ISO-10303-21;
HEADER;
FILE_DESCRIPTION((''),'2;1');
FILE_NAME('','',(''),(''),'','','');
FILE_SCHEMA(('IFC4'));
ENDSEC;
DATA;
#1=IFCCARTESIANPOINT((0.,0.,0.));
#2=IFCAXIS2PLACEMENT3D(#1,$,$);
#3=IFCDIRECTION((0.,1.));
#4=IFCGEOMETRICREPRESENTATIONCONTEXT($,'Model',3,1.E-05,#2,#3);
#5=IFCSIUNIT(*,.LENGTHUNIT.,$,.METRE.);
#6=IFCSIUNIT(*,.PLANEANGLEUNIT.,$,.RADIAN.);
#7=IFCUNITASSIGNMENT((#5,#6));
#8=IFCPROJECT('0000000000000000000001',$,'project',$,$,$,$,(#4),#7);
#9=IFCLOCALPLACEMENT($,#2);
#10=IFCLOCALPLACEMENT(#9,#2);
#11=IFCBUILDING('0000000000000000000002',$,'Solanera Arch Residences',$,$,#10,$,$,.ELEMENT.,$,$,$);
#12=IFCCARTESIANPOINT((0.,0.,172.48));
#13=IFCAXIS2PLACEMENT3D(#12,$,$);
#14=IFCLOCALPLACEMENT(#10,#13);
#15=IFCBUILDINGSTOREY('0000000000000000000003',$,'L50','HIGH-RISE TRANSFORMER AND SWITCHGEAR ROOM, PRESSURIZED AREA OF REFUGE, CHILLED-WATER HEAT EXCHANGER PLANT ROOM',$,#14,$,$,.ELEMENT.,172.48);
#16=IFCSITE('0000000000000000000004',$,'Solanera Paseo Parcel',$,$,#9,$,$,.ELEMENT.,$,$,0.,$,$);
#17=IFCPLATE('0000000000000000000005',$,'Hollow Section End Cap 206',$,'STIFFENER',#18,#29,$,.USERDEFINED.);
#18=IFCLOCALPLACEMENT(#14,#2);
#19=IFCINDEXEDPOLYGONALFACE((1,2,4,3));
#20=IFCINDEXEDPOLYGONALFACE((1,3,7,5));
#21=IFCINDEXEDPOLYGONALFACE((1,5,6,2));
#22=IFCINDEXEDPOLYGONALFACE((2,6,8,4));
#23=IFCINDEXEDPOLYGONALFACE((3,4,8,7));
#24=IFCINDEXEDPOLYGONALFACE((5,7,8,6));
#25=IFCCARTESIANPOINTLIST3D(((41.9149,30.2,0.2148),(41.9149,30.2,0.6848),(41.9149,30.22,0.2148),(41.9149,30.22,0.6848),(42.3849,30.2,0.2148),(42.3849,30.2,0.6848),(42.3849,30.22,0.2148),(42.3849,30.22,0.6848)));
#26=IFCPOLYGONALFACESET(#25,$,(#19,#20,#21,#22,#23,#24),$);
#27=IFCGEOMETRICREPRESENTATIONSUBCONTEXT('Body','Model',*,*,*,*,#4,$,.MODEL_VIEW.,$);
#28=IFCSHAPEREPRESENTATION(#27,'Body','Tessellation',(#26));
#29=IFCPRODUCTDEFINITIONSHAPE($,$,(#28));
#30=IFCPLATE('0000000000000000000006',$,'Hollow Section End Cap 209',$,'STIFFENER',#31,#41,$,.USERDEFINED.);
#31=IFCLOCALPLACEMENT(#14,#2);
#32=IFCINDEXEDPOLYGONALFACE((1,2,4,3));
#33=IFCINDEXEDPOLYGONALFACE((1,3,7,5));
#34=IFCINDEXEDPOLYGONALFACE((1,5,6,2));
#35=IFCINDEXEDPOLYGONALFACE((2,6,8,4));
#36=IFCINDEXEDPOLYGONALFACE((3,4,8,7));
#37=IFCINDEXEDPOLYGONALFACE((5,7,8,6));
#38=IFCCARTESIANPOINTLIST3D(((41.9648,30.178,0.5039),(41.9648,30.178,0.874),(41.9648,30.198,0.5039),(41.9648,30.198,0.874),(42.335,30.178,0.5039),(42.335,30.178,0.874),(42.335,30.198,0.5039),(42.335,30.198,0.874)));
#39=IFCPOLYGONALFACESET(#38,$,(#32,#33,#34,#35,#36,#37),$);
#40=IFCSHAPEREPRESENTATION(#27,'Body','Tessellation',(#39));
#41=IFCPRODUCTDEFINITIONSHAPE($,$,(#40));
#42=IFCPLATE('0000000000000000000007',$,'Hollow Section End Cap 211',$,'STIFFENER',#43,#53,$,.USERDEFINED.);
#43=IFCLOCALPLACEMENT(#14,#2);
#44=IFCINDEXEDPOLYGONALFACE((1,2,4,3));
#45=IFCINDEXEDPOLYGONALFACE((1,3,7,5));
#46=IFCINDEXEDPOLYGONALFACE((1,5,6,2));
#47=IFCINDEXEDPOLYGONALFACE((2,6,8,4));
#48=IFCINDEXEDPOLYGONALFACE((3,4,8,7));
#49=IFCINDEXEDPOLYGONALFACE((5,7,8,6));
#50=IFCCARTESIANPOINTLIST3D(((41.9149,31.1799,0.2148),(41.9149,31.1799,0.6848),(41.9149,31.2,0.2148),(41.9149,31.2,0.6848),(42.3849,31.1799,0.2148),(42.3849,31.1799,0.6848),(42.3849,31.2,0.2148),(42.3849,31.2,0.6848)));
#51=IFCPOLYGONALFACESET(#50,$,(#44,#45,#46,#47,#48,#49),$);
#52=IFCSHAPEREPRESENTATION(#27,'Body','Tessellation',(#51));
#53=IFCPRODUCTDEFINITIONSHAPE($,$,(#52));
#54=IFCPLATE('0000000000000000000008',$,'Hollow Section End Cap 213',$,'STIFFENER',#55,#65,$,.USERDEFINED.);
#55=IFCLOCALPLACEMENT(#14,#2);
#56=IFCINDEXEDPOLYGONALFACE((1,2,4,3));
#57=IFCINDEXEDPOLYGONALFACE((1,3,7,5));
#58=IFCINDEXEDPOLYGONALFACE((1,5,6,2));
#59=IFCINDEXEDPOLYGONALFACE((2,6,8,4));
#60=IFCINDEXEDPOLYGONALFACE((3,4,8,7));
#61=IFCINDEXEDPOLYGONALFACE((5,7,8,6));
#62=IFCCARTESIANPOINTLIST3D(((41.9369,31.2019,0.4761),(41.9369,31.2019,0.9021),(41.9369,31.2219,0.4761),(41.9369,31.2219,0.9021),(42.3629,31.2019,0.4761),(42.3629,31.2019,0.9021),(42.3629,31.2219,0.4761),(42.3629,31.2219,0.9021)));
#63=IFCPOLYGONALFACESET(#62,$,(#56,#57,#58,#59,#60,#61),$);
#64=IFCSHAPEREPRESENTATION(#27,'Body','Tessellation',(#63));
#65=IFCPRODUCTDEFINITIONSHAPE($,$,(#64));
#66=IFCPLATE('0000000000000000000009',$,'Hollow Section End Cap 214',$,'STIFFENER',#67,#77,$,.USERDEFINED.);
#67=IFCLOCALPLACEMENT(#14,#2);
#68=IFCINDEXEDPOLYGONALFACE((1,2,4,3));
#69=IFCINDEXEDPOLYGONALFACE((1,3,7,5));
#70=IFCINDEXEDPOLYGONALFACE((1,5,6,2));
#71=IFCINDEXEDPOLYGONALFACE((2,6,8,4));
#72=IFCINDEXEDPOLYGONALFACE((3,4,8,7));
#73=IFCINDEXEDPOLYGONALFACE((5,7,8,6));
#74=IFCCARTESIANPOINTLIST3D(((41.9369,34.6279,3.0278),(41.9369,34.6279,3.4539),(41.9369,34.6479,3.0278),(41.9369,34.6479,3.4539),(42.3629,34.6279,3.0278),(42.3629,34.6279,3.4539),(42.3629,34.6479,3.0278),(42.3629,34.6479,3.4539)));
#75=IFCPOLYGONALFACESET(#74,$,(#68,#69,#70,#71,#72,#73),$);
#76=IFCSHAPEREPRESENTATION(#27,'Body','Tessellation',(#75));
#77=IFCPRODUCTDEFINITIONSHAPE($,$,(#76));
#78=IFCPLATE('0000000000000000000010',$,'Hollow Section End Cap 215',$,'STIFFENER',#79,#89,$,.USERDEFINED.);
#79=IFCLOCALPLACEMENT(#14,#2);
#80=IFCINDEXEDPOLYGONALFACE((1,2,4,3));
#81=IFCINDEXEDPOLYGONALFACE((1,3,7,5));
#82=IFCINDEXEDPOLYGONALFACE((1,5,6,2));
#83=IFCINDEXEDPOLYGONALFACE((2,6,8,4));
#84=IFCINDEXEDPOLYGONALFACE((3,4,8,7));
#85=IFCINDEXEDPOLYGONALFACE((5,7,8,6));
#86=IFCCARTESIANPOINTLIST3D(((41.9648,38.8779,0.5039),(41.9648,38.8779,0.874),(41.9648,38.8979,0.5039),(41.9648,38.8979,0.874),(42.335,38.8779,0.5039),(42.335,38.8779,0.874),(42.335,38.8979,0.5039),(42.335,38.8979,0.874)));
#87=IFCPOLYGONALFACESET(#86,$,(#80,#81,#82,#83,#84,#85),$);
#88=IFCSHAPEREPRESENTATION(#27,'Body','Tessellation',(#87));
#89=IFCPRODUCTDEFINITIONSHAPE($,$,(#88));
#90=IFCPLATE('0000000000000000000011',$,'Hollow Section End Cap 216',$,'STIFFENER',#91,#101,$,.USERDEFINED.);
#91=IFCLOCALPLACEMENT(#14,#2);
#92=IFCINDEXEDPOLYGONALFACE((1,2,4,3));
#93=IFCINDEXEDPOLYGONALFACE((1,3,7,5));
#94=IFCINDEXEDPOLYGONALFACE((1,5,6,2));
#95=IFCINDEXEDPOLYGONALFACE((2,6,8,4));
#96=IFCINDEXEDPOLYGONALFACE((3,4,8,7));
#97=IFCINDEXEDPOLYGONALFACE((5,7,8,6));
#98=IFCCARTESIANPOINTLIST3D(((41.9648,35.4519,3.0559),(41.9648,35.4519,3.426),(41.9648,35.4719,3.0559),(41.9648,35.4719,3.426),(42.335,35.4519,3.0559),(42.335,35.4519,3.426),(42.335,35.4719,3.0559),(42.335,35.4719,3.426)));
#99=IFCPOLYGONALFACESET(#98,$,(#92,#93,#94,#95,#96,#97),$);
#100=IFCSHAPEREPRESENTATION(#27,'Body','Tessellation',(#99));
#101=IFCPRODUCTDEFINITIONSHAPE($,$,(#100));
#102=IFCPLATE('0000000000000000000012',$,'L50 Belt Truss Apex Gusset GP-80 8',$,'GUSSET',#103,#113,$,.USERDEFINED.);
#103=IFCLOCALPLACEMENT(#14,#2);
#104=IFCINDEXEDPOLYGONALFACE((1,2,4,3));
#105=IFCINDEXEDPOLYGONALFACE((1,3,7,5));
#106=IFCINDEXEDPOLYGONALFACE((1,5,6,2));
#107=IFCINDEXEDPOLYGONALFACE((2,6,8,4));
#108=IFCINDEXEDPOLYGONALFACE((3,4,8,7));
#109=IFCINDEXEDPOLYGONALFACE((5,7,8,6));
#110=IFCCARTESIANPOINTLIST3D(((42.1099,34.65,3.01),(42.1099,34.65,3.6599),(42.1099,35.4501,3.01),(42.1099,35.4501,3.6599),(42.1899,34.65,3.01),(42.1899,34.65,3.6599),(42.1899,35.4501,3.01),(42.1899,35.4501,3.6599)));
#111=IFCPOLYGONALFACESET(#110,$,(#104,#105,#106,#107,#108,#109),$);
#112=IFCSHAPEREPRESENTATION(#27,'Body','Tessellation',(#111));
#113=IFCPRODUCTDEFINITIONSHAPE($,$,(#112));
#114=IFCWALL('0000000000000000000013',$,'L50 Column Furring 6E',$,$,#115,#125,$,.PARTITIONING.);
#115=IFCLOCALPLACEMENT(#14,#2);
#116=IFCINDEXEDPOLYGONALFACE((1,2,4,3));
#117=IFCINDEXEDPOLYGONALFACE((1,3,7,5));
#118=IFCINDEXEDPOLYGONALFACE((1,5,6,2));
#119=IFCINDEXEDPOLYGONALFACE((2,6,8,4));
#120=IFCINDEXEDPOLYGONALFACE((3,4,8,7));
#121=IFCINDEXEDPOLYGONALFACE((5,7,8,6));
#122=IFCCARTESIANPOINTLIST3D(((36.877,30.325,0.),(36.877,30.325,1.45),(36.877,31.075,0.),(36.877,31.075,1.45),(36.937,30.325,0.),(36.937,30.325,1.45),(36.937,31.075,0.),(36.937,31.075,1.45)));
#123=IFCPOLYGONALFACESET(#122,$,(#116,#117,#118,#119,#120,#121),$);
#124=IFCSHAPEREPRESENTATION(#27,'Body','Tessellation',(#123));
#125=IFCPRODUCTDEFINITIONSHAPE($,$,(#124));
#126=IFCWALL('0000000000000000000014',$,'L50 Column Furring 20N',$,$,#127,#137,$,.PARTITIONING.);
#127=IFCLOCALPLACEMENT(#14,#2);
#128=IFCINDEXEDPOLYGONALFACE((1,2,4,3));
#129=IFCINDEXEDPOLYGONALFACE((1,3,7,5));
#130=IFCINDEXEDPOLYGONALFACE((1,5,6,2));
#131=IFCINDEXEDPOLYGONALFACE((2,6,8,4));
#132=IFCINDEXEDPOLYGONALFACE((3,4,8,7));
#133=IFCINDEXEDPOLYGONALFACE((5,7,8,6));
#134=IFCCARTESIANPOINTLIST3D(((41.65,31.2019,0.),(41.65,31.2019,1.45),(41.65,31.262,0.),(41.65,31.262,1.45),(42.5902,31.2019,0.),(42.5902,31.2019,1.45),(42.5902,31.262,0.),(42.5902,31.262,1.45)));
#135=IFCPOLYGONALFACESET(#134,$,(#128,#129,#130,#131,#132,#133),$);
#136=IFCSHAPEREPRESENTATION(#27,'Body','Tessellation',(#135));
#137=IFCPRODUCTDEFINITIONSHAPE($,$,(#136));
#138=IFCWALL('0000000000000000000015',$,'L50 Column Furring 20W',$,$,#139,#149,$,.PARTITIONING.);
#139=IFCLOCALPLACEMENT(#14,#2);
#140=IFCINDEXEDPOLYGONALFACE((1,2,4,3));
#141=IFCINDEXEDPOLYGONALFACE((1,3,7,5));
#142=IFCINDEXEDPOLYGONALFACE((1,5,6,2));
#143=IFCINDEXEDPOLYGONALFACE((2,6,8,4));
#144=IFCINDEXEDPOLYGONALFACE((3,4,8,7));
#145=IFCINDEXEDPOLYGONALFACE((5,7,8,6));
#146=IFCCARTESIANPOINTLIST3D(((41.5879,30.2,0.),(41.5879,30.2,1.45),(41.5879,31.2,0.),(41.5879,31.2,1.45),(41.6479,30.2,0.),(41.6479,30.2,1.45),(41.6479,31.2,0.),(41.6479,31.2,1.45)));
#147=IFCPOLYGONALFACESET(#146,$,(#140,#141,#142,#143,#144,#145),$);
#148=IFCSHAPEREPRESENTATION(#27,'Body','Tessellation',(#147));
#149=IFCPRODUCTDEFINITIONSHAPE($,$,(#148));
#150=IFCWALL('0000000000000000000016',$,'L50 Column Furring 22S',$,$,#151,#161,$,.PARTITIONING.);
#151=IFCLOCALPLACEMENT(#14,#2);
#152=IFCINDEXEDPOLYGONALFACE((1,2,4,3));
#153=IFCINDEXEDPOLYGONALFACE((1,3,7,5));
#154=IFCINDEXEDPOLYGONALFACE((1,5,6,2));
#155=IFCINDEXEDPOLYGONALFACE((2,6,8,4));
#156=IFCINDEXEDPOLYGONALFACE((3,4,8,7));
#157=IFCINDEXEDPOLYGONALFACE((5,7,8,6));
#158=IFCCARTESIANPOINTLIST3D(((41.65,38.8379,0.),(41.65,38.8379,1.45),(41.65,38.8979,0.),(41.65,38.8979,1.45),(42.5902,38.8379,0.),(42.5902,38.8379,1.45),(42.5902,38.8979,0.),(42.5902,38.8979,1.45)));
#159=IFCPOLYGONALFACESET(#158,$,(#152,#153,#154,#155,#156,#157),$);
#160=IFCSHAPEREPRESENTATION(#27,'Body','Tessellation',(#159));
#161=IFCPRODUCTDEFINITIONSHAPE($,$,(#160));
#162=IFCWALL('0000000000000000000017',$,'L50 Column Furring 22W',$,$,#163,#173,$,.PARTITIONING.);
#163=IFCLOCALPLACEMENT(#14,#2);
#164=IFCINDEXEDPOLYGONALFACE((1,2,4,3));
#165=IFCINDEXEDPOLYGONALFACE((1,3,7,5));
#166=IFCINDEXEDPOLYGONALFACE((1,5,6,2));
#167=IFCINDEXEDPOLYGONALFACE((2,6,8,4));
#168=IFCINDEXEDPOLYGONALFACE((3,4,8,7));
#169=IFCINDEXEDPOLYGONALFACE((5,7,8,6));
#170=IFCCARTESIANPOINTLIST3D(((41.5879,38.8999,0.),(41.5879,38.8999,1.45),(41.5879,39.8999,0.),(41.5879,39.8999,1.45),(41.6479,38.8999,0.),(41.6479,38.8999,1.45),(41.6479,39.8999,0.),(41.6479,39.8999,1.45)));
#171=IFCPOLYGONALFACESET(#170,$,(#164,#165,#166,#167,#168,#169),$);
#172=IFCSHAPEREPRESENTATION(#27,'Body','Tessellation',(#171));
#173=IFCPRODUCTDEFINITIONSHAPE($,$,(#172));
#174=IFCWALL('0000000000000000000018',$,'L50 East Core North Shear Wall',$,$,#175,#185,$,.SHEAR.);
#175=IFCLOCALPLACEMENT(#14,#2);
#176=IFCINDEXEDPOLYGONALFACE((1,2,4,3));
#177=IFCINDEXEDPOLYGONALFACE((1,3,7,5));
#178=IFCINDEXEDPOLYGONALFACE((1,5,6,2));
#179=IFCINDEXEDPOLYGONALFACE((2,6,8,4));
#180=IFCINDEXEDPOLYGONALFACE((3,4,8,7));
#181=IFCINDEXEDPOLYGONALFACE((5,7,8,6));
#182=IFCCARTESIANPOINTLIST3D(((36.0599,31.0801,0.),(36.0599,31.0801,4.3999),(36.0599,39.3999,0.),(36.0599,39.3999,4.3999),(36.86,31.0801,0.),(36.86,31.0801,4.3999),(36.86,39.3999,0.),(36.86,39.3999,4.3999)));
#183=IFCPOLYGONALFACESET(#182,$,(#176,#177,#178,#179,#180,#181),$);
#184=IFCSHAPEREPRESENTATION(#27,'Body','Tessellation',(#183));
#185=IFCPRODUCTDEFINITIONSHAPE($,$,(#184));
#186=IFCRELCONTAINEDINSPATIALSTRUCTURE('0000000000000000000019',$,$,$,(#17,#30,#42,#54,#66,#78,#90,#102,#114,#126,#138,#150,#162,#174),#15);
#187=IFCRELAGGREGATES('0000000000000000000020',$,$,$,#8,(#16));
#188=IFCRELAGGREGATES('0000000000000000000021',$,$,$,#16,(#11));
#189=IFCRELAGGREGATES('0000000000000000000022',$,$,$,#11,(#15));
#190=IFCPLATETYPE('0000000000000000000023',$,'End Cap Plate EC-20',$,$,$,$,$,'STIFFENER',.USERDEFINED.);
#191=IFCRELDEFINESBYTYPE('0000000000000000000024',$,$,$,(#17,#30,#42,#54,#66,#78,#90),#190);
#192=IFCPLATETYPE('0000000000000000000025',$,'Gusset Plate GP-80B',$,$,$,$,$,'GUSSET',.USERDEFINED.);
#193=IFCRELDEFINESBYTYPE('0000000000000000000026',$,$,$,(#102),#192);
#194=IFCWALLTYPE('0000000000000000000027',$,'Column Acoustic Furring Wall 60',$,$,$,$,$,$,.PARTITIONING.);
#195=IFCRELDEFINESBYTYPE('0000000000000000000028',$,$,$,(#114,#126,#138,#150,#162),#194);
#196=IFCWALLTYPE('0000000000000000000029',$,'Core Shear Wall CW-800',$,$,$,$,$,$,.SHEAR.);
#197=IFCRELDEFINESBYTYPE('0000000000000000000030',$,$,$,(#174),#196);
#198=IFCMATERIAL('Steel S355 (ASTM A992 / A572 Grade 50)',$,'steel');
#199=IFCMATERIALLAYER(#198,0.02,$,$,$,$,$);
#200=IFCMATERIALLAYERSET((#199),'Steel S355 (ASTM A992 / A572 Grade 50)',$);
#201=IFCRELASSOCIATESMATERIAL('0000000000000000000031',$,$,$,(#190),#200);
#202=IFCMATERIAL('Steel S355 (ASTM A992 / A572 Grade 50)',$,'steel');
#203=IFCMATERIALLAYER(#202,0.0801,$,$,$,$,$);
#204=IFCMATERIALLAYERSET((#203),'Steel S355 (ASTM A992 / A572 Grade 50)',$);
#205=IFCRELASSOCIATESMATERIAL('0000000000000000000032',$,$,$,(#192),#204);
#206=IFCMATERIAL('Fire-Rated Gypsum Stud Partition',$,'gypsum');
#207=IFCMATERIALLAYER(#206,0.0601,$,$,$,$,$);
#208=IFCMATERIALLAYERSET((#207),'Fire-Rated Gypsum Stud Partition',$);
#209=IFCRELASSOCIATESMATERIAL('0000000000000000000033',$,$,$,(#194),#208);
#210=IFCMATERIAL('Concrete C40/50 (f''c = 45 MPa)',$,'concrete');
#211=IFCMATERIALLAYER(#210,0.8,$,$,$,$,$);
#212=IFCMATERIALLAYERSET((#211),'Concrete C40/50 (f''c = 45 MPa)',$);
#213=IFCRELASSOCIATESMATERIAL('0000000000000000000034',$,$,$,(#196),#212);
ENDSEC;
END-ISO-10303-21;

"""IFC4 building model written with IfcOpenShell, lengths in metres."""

from ifc_helpers import new_model, si_unit, direction, frame, frame_2d, origin, origin_2d, place, context, subcontext, project, spatial, rectangle, extrude, material, layer, layer_set, type_object, element, save


model = new_model("IFC4")

# Units and contexts
model_context = context("Model", 3, precision=1e-05, world=origin(), true_north=direction((0.0, 1.0)))
body_context = subcontext(model_context, "Body", "Model", "MODEL_VIEW")
ifc_project = project(units=[si_unit("LENGTHUNIT", "METRE"), si_unit("PLANEANGLEUNIT", "RADIAN")], contexts=[model_context])

# Site, building, storey
site_placement = place(None, origin())
site = spatial("IfcSite", under=ifc_project, at=site_placement, Name="Solanera Paseo Parcel", CompositionType="ELEMENT", RefElevation=0.0)
building_placement = place(site_placement, origin())
building = spatial("IfcBuilding", under=site, at=building_placement, Name="Solanera Arch Residences", CompositionType="ELEMENT")
storey_placement = place(building_placement, frame((0.0, 0.0, 172.48)))
storey = spatial("IfcBuildingStorey", under=building, at=storey_placement, Name="L50", Description="HIGH-RISE TRANSFORMER AND SWITCHGEAR ROOM, PRESSURIZED AREA OF REFUGE, CHILLED-WATER HEAT EXCHANGER PLANT ROOM", CompositionType="ELEMENT", Elevation=172.48)

# Plates
ifc_material_1 = material(Name="Steel S355 (ASTM A992 / A572 Grade 50)", Category="steel")
ifc_layer_1 = layer(ifc_material_1, 0.02)
ifc_layer_set_1 = layer_set([ifc_layer_1], Name="Steel S355 (ASTM A992 / A572 Grade 50)")
plate_type_1 = type_object("IfcPlateType", Name="End Cap Plate EC-20", ElementType="STIFFENER", PredefinedType="USERDEFINED", material=ifc_layer_set_1)
plate_1_placement = place(storey_placement, frame((42.1499, 30.21, 0.2148), z_axis=(0.0, 0.0, 1.0), x_axis=(0.0, 1.0, 0.0)))
element("IfcPlate", 1, at=plate_1_placement, inside=storey, type_object=plate_type_1, Name="Hollow Section End Cap 206", ObjectType="STIFFENER", PredefinedType="USERDEFINED", context=body_context, shape_type="SweptSolid", body=[
    extrude(rectangle(XDim=0.02, YDim=0.47, at=origin_2d()), origin(), (0.0, 0.0, 1.0), 0.47),
])
plate_2_placement = place(storey_placement, frame((42.1499, 30.188, 0.5039), z_axis=(0.0, 0.0, 1.0), x_axis=(0.0, 1.0, 0.0)))
element("IfcPlate", 2, at=plate_2_placement, inside=storey, type_object=plate_type_1, Name="Hollow Section End Cap 209", ObjectType="STIFFENER", PredefinedType="USERDEFINED", context=body_context, shape_type="SweptSolid", body=[
    extrude(rectangle(XDim=0.02, YDim=0.3701, at=origin_2d()), origin(), (0.0, 0.0, 1.0), 0.3701),
])
plate_3_placement = place(storey_placement, frame((42.1499, 31.1899, 0.2148), z_axis=(0.0, 0.0, 1.0), x_axis=(0.0, -1.0, 0.0)))
element("IfcPlate", 3, at=plate_3_placement, inside=storey, type_object=plate_type_1, Name="Hollow Section End Cap 211", ObjectType="STIFFENER", PredefinedType="USERDEFINED", context=body_context, shape_type="SweptSolid", body=[
    extrude(rectangle(XDim=0.02, YDim=0.47, at=origin_2d()), origin(), (0.0, 0.0, 1.0), 0.47),
])
for number, where, z_axis, x_axis, name in (
    (4, (42.1499, 31.2119, 0.4761), (0.0, 0.0, 1.0), (0.0, -1.0, 0.0), "Hollow Section End Cap 213"),
    (5, (42.1499, 34.6379, 3.0278), (0.0, 0.0, 1.0), (0.0, 1.0, 0.0), "Hollow Section End Cap 214"),
):
    element("IfcPlate", number, at=place(storey_placement, frame(where, z_axis=z_axis, x_axis=x_axis)), inside=storey, type_object=plate_type_1, Name=name, ObjectType="STIFFENER", PredefinedType="USERDEFINED", context=body_context, shape_type="SweptSolid", body=[
        extrude(rectangle(XDim=0.02, YDim=0.426, at=origin_2d()), origin(), (0.0, 0.0, 1.0), 0.426),
    ])
for number, where, z_axis, x_axis, name in (
    (6, (42.1499, 38.8879, 0.5039), (0.0, 0.0, 1.0), (0.0, 1.0, 0.0), "Hollow Section End Cap 215"),
    (7, (42.1499, 35.4619, 3.0559), (0.0, 0.0, 1.0), (0.0, -1.0, 0.0), "Hollow Section End Cap 216"),
):
    element("IfcPlate", number, at=place(storey_placement, frame(where, z_axis=z_axis, x_axis=x_axis)), inside=storey, type_object=plate_type_1, Name=name, ObjectType="STIFFENER", PredefinedType="USERDEFINED", context=body_context, shape_type="SweptSolid", body=[
        extrude(rectangle(XDim=0.02, YDim=0.3701, at=origin_2d()), origin(), (0.0, 0.0, 1.0), 0.3701),
    ])
ifc_material_2 = material(Name="Steel S355 (ASTM A992 / A572 Grade 50)", Category="steel")
ifc_layer_2 = layer(ifc_material_2, 0.0801)
ifc_layer_set_2 = layer_set([ifc_layer_2], Name="Steel S355 (ASTM A992 / A572 Grade 50)")
plate_type_2 = type_object("IfcPlateType", Name="Gusset Plate GP-80B", ElementType="GUSSET", PredefinedType="USERDEFINED", material=ifc_layer_set_2)
plate_4_placement = place(storey_placement, frame((42.1499, 35.05, 3.01), z_axis=(0.0, 0.0, 1.0), x_axis=(1.0, 0.0, 0.0)))
element("IfcPlate", 8, at=plate_4_placement, inside=storey, type_object=plate_type_2, Name="L50 Belt Truss Apex Gusset GP-80 8", ObjectType="GUSSET", PredefinedType="USERDEFINED", context=body_context, shape_type="SweptSolid", body=[
    extrude(rectangle(XDim=0.0801, YDim=0.8, at=origin_2d()), origin(), (0.0, 0.0, 1.0), 0.6499),
])

# Walls
ifc_material_3 = material(Name="Fire-Rated Gypsum Stud Partition", Category="gypsum")
ifc_layer_3 = layer(ifc_material_3, 0.0601)
ifc_layer_set_3 = layer_set([ifc_layer_3], Name="Fire-Rated Gypsum Stud Partition")
wall_type_1 = type_object("IfcWallType", Name="Column Acoustic Furring Wall 60", PredefinedType="PARTITIONING", material=ifc_layer_set_3)
wall_1_placement = place(storey_placement, frame((36.907, 30.325, 0.0), z_axis=(0.0, 0.0, 1.0), x_axis=(0.0, 1.0, 0.0)))
element("IfcWall", 9, at=wall_1_placement, inside=storey, type_object=wall_type_1, Name="L50 Column Furring 6E", PredefinedType="PARTITIONING", context=body_context, shape_type="SweptSolid", body=[
    extrude(rectangle(XDim=0.75, YDim=0.0601, at=frame_2d((0.375, 0.0))), origin(), (0.0, 0.0, 1.0), 1.45),
])
wall_2_placement = place(storey_placement, frame((41.6499, 31.2319, 0.0), z_axis=(0.0, 0.0, 1.0), x_axis=(1.0, 0.0, 0.0)))
element("IfcWall", 10, at=wall_2_placement, inside=storey, type_object=wall_type_1, Name="L50 Column Furring 20N", PredefinedType="PARTITIONING", context=body_context, shape_type="SweptSolid", body=[
    extrude(rectangle(XDim=0.9402, YDim=0.0601, at=frame_2d((0.4702, 0.0))), origin(), (0.0, 0.0, 1.0), 1.45),
])
wall_3_placement = place(storey_placement, frame((41.6179, 30.2, 0.0), z_axis=(0.0, 0.0, 1.0), x_axis=(0.0, 1.0, 0.0)))
element("IfcWall", 11, at=wall_3_placement, inside=storey, type_object=wall_type_1, Name="L50 Column Furring 20W", PredefinedType="PARTITIONING", context=body_context, shape_type="SweptSolid", body=[
    extrude(rectangle(XDim=1.0, YDim=0.0601, at=frame_2d((0.5, 0.0))), origin(), (0.0, 0.0, 1.0), 1.45),
])
wall_4_placement = place(storey_placement, frame((41.6499, 38.8679, 0.0), z_axis=(0.0, 0.0, 1.0), x_axis=(1.0, 0.0, 0.0)))
element("IfcWall", 12, at=wall_4_placement, inside=storey, type_object=wall_type_1, Name="L50 Column Furring 22S", PredefinedType="PARTITIONING", context=body_context, shape_type="SweptSolid", body=[
    extrude(rectangle(XDim=0.9402, YDim=0.0601, at=frame_2d((0.4702, 0.0))), origin(), (0.0, 0.0, 1.0), 1.45),
])
wall_5_placement = place(storey_placement, frame((41.6179, 38.8999, 0.0), z_axis=(0.0, 0.0, 1.0), x_axis=(0.0, 1.0, 0.0)))
element("IfcWall", 13, at=wall_5_placement, inside=storey, type_object=wall_type_1, Name="L50 Column Furring 22W", PredefinedType="PARTITIONING", context=body_context, shape_type="SweptSolid", body=[
    extrude(rectangle(XDim=1.0, YDim=0.0601, at=frame_2d((0.5, 0.0))), origin(), (0.0, 0.0, 1.0), 1.45),
])
ifc_material_4 = material(Name="Concrete C40/50 (f'c = 45 MPa)", Category="concrete")
ifc_layer_4 = layer(ifc_material_4, 0.8)
ifc_layer_set_4 = layer_set([ifc_layer_4], Name="Concrete C40/50 (f'c = 45 MPa)")
wall_type_2 = type_object("IfcWallType", Name="Core Shear Wall CW-800", PredefinedType="SHEAR", material=ifc_layer_set_4)
wall_6_placement = place(storey_placement, frame((36.46, 31.0801, 0.0), z_axis=(0.0, 0.0, 1.0), x_axis=(0.0, 1.0, 0.0)))
element("IfcWall", 14, at=wall_6_placement, inside=storey, type_object=wall_type_2, Name="L50 East Core North Shear Wall", PredefinedType="SHEAR", context=body_context, shape_type="SweptSolid", body=[
    extrude(rectangle(XDim=8.3198, YDim=0.8, at=frame_2d((4.1599, 0.0))), origin(), (0.0, 0.0, 1.0), 4.3999),
])

save(model, "model.ifc")
